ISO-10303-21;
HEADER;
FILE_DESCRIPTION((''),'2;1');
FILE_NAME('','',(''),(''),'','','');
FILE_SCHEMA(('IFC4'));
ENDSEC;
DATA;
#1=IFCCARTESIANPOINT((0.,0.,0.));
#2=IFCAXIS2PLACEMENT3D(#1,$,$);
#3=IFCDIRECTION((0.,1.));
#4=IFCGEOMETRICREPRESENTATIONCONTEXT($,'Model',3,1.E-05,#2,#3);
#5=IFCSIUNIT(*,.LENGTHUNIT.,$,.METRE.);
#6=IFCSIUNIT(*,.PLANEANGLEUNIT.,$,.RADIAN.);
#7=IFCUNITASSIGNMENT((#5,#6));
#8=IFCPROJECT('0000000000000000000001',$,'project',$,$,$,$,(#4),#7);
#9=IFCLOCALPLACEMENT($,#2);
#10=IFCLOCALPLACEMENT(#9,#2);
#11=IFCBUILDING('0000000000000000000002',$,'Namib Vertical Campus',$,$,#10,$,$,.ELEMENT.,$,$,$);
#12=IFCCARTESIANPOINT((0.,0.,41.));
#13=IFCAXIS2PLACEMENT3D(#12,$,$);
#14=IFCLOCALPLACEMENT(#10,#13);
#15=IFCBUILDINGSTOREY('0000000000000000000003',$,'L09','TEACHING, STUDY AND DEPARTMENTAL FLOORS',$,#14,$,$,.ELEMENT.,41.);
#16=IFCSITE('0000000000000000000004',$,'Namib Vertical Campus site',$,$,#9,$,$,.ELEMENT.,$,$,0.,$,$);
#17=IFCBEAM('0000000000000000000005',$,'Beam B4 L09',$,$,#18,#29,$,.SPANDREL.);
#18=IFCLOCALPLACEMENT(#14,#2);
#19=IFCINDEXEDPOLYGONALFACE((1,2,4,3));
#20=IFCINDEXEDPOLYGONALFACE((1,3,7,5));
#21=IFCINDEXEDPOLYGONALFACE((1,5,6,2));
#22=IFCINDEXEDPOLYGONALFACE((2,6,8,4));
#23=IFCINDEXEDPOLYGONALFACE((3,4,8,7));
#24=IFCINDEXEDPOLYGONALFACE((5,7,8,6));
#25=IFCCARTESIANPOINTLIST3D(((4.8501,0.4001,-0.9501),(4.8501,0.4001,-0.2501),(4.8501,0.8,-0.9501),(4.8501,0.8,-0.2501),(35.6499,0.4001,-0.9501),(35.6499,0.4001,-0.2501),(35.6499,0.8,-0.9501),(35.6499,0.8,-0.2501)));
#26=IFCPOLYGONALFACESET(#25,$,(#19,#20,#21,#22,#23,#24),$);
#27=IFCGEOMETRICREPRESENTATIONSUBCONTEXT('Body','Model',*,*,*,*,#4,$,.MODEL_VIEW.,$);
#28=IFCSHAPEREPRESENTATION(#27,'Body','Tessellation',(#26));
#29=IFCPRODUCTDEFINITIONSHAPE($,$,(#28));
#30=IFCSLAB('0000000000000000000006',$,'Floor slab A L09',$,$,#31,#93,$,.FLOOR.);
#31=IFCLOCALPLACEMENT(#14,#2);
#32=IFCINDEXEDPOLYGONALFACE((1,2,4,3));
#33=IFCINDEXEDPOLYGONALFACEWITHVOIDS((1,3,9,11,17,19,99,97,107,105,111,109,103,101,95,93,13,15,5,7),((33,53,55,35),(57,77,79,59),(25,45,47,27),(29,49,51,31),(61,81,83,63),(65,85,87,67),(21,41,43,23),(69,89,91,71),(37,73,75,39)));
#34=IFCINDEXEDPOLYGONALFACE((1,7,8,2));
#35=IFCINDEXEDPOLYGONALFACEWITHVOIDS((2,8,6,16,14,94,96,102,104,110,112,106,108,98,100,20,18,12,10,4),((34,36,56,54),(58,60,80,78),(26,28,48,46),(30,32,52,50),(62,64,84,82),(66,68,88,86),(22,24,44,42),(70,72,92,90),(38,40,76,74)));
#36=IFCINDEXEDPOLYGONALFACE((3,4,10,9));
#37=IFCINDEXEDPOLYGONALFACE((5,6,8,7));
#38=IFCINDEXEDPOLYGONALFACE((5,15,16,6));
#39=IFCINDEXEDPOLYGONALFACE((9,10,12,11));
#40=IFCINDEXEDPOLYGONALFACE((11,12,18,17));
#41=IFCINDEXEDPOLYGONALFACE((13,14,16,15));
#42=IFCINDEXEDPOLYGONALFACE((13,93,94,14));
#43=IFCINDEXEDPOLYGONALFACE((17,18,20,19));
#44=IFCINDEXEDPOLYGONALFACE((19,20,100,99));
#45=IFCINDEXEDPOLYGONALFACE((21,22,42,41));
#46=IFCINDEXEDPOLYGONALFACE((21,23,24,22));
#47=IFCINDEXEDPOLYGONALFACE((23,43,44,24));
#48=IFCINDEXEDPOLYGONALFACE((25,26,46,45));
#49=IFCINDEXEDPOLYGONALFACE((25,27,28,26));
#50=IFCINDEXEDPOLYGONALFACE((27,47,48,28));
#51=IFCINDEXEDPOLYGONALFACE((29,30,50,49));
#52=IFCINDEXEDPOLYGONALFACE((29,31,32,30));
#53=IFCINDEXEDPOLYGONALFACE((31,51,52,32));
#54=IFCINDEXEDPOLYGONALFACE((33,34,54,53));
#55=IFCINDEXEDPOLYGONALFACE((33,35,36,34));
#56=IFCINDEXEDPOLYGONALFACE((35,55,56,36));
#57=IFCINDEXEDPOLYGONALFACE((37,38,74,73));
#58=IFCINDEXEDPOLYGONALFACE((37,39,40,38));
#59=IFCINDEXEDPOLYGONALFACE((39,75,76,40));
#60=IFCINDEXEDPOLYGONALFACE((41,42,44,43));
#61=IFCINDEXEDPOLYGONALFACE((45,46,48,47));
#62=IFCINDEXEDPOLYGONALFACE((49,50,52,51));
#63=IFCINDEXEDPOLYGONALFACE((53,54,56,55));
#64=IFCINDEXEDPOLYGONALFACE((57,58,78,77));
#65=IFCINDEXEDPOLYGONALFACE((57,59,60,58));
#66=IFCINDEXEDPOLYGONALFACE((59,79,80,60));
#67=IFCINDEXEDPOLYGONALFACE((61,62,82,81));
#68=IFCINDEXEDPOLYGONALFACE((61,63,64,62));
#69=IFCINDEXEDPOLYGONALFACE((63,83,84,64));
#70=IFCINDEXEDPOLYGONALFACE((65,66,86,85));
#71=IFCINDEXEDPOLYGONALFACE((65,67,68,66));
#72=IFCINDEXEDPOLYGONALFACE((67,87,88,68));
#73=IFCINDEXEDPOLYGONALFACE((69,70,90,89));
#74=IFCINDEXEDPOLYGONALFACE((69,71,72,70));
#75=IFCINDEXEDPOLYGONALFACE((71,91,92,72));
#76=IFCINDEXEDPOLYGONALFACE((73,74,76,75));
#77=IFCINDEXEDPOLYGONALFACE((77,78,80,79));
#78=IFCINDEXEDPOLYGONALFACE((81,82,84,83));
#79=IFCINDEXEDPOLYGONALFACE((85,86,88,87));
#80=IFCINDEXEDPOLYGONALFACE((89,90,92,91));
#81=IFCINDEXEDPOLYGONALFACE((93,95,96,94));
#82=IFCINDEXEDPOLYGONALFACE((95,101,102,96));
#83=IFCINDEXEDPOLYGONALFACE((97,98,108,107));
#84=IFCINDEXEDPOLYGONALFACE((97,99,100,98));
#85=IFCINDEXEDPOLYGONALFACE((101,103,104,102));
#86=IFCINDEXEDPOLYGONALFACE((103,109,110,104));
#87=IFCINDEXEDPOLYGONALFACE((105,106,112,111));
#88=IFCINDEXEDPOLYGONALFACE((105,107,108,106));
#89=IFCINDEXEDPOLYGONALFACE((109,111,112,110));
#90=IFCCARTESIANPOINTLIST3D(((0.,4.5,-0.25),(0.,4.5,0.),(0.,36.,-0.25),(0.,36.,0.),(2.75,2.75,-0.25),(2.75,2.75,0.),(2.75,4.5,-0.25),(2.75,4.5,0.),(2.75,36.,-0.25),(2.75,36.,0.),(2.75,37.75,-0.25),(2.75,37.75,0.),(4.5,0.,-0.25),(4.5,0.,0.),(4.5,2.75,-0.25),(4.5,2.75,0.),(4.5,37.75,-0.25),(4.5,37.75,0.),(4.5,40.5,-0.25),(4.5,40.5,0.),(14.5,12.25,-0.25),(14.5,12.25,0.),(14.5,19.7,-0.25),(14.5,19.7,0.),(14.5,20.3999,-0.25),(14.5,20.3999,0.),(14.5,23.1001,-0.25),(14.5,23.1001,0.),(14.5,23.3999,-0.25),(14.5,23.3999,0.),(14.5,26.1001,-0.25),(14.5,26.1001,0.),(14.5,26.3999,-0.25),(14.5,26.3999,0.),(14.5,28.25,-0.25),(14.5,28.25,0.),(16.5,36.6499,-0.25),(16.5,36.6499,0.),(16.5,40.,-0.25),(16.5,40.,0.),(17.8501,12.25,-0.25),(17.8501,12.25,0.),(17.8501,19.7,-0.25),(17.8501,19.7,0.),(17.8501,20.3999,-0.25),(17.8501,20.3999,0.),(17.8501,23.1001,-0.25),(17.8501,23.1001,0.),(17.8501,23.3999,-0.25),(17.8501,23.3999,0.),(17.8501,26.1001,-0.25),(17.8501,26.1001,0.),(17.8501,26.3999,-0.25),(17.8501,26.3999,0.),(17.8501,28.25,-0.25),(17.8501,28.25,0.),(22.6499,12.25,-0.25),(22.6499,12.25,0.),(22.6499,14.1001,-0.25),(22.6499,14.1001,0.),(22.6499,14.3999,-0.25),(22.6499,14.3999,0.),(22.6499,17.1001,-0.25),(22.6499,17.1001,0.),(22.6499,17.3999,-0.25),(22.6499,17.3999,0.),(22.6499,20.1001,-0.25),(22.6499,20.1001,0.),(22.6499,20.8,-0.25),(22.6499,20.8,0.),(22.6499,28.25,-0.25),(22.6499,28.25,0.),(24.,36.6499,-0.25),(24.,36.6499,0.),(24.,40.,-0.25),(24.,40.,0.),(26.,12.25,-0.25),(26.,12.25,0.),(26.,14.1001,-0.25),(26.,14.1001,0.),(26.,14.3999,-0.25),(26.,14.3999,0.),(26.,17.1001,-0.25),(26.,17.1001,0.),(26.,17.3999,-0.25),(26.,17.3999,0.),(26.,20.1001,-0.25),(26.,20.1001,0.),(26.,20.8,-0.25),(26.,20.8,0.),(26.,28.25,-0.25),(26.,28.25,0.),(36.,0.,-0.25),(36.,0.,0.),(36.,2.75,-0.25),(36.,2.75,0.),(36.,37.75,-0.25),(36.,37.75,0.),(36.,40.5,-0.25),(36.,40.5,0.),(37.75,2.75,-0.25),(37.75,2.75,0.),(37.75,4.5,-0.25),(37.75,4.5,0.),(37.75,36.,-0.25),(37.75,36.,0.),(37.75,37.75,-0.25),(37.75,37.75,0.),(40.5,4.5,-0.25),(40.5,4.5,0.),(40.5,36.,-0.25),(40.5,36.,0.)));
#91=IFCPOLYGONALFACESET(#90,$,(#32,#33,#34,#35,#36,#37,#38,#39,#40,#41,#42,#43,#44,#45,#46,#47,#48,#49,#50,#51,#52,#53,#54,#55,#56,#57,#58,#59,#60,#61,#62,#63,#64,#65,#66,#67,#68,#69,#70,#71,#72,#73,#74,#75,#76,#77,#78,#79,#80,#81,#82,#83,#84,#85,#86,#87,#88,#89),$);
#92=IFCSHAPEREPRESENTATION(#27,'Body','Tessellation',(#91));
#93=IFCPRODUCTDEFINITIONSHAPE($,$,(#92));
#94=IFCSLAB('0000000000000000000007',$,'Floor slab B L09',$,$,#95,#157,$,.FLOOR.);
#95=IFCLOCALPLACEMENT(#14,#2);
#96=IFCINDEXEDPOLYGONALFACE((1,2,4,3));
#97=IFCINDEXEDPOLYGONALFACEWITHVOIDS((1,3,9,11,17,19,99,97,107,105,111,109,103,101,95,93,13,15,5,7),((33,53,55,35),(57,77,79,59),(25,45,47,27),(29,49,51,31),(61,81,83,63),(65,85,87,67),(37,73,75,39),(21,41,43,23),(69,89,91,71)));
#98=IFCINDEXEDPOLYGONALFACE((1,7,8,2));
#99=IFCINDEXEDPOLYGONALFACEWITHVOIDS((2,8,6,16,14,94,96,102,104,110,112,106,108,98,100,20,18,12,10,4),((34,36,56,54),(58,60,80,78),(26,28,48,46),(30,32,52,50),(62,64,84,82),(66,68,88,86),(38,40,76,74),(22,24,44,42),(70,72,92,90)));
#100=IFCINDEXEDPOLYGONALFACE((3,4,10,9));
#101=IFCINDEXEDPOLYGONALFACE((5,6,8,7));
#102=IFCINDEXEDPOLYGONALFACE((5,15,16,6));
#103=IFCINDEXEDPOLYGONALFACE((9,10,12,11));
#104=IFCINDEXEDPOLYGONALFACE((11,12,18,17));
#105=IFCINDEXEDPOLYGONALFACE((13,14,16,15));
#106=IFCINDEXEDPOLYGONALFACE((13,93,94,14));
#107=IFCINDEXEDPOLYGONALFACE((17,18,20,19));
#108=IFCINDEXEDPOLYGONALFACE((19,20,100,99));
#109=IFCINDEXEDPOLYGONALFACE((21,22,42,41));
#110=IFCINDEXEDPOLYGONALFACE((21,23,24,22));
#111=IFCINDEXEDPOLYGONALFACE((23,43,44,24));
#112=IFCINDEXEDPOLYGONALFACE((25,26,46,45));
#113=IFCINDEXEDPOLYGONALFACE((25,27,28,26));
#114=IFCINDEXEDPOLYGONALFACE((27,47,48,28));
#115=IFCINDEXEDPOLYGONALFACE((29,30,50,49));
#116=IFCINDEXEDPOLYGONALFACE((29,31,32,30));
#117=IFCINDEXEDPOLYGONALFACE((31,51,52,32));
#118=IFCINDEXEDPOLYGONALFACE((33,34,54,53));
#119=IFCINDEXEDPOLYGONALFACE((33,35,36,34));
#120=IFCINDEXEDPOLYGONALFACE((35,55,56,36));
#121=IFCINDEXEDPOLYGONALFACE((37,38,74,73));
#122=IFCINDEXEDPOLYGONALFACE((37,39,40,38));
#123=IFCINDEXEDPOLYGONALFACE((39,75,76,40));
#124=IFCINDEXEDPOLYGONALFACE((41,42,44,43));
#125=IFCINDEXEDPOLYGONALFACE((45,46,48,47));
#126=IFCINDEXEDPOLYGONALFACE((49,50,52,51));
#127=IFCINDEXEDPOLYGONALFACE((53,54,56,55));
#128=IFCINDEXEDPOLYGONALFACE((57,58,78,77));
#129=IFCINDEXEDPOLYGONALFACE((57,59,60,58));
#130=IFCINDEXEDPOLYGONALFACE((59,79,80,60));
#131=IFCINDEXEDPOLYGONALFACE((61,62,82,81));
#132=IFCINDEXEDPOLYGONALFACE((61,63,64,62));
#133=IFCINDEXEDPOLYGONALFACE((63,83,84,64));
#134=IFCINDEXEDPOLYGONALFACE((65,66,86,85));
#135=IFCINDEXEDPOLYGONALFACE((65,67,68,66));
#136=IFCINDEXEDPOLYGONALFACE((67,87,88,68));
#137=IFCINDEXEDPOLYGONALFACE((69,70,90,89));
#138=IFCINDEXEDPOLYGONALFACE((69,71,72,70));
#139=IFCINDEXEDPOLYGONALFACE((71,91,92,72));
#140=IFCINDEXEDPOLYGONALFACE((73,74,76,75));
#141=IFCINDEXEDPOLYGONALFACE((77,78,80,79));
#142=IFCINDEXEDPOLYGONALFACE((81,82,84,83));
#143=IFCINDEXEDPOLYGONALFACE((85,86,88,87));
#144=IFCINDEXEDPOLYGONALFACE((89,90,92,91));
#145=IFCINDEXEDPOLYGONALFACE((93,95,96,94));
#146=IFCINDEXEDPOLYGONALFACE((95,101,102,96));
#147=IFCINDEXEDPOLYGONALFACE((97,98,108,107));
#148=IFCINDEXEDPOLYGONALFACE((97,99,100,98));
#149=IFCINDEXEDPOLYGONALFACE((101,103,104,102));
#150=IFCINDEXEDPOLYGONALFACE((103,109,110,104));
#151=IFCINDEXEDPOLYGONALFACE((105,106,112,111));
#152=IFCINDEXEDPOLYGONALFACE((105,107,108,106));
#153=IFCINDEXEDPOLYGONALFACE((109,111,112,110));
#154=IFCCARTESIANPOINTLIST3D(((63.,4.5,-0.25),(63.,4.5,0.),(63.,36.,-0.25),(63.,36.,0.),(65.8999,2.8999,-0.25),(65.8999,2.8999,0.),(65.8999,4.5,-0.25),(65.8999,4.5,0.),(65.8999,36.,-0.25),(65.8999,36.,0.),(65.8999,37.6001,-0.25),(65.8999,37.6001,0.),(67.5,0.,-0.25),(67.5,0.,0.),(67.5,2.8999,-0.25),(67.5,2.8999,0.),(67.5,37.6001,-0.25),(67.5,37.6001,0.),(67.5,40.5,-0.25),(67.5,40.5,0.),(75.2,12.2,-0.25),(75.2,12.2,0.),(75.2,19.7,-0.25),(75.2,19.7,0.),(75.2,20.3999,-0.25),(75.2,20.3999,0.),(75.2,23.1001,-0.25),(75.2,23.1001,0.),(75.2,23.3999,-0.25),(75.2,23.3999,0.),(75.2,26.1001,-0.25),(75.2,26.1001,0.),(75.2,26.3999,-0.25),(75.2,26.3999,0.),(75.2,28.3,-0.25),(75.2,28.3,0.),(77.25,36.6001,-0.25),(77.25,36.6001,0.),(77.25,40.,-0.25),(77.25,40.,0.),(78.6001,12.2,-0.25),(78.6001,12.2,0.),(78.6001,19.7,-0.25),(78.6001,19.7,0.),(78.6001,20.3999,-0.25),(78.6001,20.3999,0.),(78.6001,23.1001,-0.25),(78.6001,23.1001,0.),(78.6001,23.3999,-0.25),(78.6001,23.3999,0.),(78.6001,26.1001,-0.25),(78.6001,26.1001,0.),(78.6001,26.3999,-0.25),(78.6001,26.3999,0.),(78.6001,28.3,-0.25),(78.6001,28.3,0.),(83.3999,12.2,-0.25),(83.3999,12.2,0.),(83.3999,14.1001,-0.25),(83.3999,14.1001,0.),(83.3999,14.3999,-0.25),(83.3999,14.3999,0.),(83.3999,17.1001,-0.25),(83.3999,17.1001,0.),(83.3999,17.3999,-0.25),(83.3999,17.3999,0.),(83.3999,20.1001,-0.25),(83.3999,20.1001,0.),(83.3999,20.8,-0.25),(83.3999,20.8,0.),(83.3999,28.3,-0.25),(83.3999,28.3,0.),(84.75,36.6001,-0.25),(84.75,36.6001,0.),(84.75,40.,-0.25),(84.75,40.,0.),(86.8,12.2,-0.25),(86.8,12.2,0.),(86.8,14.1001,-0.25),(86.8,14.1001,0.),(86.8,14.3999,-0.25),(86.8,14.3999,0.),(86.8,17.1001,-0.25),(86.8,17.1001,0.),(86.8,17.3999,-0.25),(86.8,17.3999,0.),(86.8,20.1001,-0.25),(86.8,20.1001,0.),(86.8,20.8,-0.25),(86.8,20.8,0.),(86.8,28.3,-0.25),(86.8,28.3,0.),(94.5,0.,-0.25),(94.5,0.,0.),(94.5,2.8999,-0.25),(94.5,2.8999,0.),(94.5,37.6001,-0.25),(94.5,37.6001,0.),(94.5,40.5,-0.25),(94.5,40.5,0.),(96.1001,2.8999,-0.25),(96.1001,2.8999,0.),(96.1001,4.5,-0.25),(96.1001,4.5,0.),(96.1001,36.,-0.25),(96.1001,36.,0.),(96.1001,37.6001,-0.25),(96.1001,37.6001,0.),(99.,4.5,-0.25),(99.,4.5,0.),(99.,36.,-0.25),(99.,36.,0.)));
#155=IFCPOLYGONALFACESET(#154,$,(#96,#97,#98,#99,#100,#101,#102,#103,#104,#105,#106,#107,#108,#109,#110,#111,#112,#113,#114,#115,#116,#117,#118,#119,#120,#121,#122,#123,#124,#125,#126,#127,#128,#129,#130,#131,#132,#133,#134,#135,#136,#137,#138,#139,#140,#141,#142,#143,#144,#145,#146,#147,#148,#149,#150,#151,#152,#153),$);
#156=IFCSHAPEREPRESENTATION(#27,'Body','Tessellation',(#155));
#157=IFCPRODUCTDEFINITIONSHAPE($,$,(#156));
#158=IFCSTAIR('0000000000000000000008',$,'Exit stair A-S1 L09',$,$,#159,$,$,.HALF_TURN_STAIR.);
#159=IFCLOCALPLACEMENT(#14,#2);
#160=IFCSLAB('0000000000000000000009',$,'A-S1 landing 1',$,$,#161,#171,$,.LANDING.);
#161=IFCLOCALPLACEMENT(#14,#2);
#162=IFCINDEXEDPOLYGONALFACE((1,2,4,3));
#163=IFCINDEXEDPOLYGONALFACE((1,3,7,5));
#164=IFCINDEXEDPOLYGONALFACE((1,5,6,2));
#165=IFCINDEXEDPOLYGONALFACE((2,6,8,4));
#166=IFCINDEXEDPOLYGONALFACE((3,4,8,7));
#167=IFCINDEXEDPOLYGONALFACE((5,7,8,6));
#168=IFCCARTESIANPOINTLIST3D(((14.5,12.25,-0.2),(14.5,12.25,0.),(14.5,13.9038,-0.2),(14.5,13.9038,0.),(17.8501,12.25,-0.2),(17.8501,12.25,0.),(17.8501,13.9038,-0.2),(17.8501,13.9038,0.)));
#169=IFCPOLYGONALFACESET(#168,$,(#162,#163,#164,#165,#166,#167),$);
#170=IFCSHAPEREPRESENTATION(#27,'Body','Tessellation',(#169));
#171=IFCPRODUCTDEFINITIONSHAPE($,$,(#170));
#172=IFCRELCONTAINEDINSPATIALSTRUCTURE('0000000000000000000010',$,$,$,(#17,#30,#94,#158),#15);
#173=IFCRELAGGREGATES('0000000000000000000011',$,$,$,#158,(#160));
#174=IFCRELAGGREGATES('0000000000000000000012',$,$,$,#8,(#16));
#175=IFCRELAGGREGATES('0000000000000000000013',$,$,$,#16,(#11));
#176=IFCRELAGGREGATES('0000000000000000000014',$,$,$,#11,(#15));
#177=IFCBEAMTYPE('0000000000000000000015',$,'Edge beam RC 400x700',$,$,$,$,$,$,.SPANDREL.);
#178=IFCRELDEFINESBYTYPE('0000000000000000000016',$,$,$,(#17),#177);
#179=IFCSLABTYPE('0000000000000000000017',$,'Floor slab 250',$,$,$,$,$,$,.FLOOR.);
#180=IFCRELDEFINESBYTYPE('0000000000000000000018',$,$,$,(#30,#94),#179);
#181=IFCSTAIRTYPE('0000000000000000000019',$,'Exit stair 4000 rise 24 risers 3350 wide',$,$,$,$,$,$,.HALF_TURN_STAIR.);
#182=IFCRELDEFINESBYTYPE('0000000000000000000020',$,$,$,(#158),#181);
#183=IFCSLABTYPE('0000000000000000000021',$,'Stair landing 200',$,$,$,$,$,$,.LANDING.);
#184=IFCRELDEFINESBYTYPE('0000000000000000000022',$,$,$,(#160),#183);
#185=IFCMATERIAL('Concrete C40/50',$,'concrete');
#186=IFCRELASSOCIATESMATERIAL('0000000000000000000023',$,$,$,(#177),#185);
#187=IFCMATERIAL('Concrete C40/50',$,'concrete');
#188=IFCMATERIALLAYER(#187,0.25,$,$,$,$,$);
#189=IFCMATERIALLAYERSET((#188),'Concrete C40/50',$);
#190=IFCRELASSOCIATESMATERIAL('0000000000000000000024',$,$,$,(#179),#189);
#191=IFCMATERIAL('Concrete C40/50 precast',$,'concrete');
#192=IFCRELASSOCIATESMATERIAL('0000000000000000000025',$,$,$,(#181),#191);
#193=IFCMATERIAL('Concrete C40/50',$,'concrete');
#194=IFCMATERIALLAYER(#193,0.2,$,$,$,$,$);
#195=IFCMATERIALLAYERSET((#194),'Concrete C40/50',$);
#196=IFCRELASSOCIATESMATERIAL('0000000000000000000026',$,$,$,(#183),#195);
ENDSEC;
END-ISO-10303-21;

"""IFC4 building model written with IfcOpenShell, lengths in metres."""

from ifc_helpers import new_model, si_unit, direction, frame, origin, origin_2d, place, context, subcontext, project, spatial, polyline, rectangle, outline, extrude, material, layer, layer_set, material_profile, profile_set, type_object, element, aggregate, save


model = new_model("IFC4")

# Units and contexts
model_context = context("Model", 3, precision=1e-05, world=origin(), true_north=direction((0.0, 1.0)))
body_context = subcontext(model_context, "Body", "Model", "MODEL_VIEW")
ifc_project = project(units=[si_unit("LENGTHUNIT", "METRE"), si_unit("PLANEANGLEUNIT", "RADIAN")], contexts=[model_context])

# Site, building, storey
site_placement = place(None, origin())
site = spatial("IfcSite", under=ifc_project, at=site_placement, Name="Namib Vertical Campus site", CompositionType="ELEMENT", RefElevation=0.0)
building_placement = place(site_placement, origin())
building = spatial("IfcBuilding", under=site, at=building_placement, Name="Namib Vertical Campus", CompositionType="ELEMENT")
storey_placement = place(building_placement, frame((0.0, 0.0, 41.0)))
storey = spatial("IfcBuildingStorey", under=building, at=storey_placement, Name="L09", Description="TEACHING, STUDY AND DEPARTMENTAL FLOORS", CompositionType="ELEMENT", Elevation=41.0)

# Beam
ifc_material_1 = material(Name="Concrete C40/50", Category="concrete")
ifc_material_profile = material_profile(ifc_material_1, rectangle(XDim=0.3999, YDim=0.7, at=origin_2d()))
ifc_profile_set = profile_set([ifc_material_profile], Name="Concrete C40/50")
beam_type = type_object("IfcBeamType", Name="Edge beam RC 400x700", PredefinedType="SPANDREL", material=ifc_profile_set)
beam_placement = place(storey_placement, frame((4.8501, 0.6001, -0.6001), z_axis=(1.0, 0.0, 0.0), x_axis=(0.0, 1.0, 0.0)))
element("IfcBeam", 1, at=beam_placement, inside=storey, type_object=beam_type, Name="Beam B4 L09", PredefinedType="SPANDREL", context=body_context, shape_type="SweptSolid", body=[
    extrude(rectangle(XDim=0.3999, YDim=0.7, at=origin_2d()), origin(), (0.0, 0.0, 1.0), 30.7998),
])

# Slabs
ifc_material_2 = material(Name="Concrete C40/50", Category="concrete")
ifc_layer_1 = layer(ifc_material_2, 0.25)
ifc_layer_set_1 = layer_set([ifc_layer_1], Name="Concrete C40/50")
slab_type_1 = type_object("IfcSlabType", Name="Floor slab 250", PredefinedType="FLOOR", material=ifc_layer_set_1)
slab_1_placement = place(storey_placement, frame((0.0, 0.0, -0.25)))
element("IfcSlab", 2, at=slab_1_placement, inside=storey, type_object=slab_type_1, Name="Floor slab A L09", PredefinedType="FLOOR", context=body_context, shape_type="SweptSolid", body=[
    extrude(outline(polyline([(4.5, 0.0), (36.0, 0.0), (36.0, 2.75), (37.75, 2.75), (37.75, 4.5), (40.5, 4.5), (40.5, 36.0), (37.75, 36.0), (37.75, 37.75), (36.0, 37.75), (36.0, 40.5), (4.5, 40.5), (4.5, 37.75), (2.75, 37.75), (2.75, 36.0), (0.0, 36.0), (0.0, 4.5), (2.75, 4.5), (2.75, 2.75), (4.5, 2.75), (4.5, 0.0)]), holes=[polyline([(14.5, 12.25), (17.8501, 12.25), (17.8501, 19.7), (14.5, 19.7), (14.5, 12.25)]), polyline([(22.6499, 20.8), (26.0, 20.8), (26.0, 28.25), (22.6499, 28.25), (22.6499, 20.8)]), polyline([(22.6499, 12.25), (26.0, 12.25), (26.0, 14.1001), (22.6499, 14.1001), (22.6499, 12.25)]), polyline([(14.5, 20.3999), (17.8501, 20.3999), (17.8501, 23.1001), (14.5, 23.1001), (14.5, 20.3999)]), polyline([(14.5, 23.3999), (17.8501, 23.3999), (17.8501, 26.1001), (14.5, 26.1001), (14.5, 23.3999)]), polyline([(14.5, 26.3999), (17.8501, 26.3999), (17.8501, 28.25), (14.5, 28.25), (14.5, 26.3999)]), polyline([(22.6499, 14.3999), (26.0, 14.3999), (26.0, 17.1001), (22.6499, 17.1001), (22.6499, 14.3999)]), polyline([(22.6499, 17.3999), (26.0, 17.3999), (26.0, 20.1001), (22.6499, 20.1001), (22.6499, 17.3999)]), polyline([(16.5, 36.6499), (24.0, 36.6499), (24.0, 40.0), (16.5, 40.0), (16.5, 36.6499)])]), origin(), (0.0, 0.0, 1.0), 0.25),
])
slab_2_placement = place(storey_placement, frame((0.0, 0.0, -0.25)))
element("IfcSlab", 3, at=slab_2_placement, inside=storey, type_object=slab_type_1, Name="Floor slab B L09", PredefinedType="FLOOR", context=body_context, shape_type="SweptSolid", body=[
    extrude(outline(polyline([(67.5, 0.0), (94.5, 0.0), (94.5, 2.8999), (96.1001, 2.8999), (96.1001, 4.5), (99.0, 4.5), (99.0, 36.0), (96.1001, 36.0), (96.1001, 37.6001), (94.5, 37.6001), (94.5, 40.5), (67.5, 40.5), (67.5, 37.6001), (65.8999, 37.6001), (65.8999, 36.0), (63.0, 36.0), (63.0, 4.5), (65.8999, 4.5), (65.8999, 2.8999), (67.5, 2.8999), (67.5, 0.0)]), holes=[polyline([(75.2, 12.2), (78.6001, 12.2), (78.6001, 19.7), (75.2, 19.7), (75.2, 12.2)]), polyline([(83.3999, 20.8), (86.8, 20.8), (86.8, 28.3), (83.3999, 28.3), (83.3999, 20.8)]), polyline([(83.3999, 12.2), (86.8, 12.2), (86.8, 14.1001), (83.3999, 14.1001), (83.3999, 12.2)]), polyline([(75.2, 20.3999), (78.6001, 20.3999), (78.6001, 23.1001), (75.2, 23.1001), (75.2, 20.3999)]), polyline([(75.2, 23.3999), (78.6001, 23.3999), (78.6001, 26.1001), (75.2, 26.1001), (75.2, 23.3999)]), polyline([(75.2, 26.3999), (78.6001, 26.3999), (78.6001, 28.3), (75.2, 28.3), (75.2, 26.3999)]), polyline([(83.3999, 14.3999), (86.8, 14.3999), (86.8, 17.1001), (83.3999, 17.1001), (83.3999, 14.3999)]), polyline([(83.3999, 17.3999), (86.8, 17.3999), (86.8, 20.1001), (83.3999, 20.1001), (83.3999, 17.3999)]), polyline([(77.25, 36.6001), (84.75, 36.6001), (84.75, 40.0), (77.25, 40.0), (77.25, 36.6001)])]), origin(), (0.0, 0.0, 1.0), 0.25),
])

# Stair, slab
ifc_material_3 = material(Name="Concrete C40/50 precast", Category="concrete")
stair_type_1 = type_object("IfcStairType", Name="Exit stair 4000 rise 24 risers 3350 wide", PredefinedType="HALF_TURN_STAIR", material=ifc_material_3)
stair_1_placement = place(storey_placement, origin())
stair_1 = element("IfcStair", 4, at=stair_1_placement, inside=storey, type_object=stair_type_1, Name="Exit stair A-S1 L09", PredefinedType="HALF_TURN_STAIR")
ifc_material_4 = material(Name="Concrete C40/50", Category="concrete")
ifc_layer_2 = layer(ifc_material_4, 0.2)
ifc_layer_set_2 = layer_set([ifc_layer_2], Name="Concrete C40/50")
slab_type_2 = type_object("IfcSlabType", Name="Stair landing 200", PredefinedType="LANDING", material=ifc_layer_set_2)
slab_3_placement = place(storey_placement, frame((0.0, 0.0, -0.2)))
slab_3 = element("IfcSlab", 5, at=slab_3_placement, type_object=slab_type_2, Name="A-S1 landing 1", PredefinedType="LANDING", context=body_context, shape_type="SweptSolid", body=[
    extrude(outline(polyline([(14.5, 12.25), (17.8501, 12.25), (17.8501, 13.9038), (14.5, 13.9038), (14.5, 12.25)])), origin(), (0.0, 0.0, 1.0), 0.2),
])
aggregate(stair_1, [slab_3])

save(model, "model.ifc")
